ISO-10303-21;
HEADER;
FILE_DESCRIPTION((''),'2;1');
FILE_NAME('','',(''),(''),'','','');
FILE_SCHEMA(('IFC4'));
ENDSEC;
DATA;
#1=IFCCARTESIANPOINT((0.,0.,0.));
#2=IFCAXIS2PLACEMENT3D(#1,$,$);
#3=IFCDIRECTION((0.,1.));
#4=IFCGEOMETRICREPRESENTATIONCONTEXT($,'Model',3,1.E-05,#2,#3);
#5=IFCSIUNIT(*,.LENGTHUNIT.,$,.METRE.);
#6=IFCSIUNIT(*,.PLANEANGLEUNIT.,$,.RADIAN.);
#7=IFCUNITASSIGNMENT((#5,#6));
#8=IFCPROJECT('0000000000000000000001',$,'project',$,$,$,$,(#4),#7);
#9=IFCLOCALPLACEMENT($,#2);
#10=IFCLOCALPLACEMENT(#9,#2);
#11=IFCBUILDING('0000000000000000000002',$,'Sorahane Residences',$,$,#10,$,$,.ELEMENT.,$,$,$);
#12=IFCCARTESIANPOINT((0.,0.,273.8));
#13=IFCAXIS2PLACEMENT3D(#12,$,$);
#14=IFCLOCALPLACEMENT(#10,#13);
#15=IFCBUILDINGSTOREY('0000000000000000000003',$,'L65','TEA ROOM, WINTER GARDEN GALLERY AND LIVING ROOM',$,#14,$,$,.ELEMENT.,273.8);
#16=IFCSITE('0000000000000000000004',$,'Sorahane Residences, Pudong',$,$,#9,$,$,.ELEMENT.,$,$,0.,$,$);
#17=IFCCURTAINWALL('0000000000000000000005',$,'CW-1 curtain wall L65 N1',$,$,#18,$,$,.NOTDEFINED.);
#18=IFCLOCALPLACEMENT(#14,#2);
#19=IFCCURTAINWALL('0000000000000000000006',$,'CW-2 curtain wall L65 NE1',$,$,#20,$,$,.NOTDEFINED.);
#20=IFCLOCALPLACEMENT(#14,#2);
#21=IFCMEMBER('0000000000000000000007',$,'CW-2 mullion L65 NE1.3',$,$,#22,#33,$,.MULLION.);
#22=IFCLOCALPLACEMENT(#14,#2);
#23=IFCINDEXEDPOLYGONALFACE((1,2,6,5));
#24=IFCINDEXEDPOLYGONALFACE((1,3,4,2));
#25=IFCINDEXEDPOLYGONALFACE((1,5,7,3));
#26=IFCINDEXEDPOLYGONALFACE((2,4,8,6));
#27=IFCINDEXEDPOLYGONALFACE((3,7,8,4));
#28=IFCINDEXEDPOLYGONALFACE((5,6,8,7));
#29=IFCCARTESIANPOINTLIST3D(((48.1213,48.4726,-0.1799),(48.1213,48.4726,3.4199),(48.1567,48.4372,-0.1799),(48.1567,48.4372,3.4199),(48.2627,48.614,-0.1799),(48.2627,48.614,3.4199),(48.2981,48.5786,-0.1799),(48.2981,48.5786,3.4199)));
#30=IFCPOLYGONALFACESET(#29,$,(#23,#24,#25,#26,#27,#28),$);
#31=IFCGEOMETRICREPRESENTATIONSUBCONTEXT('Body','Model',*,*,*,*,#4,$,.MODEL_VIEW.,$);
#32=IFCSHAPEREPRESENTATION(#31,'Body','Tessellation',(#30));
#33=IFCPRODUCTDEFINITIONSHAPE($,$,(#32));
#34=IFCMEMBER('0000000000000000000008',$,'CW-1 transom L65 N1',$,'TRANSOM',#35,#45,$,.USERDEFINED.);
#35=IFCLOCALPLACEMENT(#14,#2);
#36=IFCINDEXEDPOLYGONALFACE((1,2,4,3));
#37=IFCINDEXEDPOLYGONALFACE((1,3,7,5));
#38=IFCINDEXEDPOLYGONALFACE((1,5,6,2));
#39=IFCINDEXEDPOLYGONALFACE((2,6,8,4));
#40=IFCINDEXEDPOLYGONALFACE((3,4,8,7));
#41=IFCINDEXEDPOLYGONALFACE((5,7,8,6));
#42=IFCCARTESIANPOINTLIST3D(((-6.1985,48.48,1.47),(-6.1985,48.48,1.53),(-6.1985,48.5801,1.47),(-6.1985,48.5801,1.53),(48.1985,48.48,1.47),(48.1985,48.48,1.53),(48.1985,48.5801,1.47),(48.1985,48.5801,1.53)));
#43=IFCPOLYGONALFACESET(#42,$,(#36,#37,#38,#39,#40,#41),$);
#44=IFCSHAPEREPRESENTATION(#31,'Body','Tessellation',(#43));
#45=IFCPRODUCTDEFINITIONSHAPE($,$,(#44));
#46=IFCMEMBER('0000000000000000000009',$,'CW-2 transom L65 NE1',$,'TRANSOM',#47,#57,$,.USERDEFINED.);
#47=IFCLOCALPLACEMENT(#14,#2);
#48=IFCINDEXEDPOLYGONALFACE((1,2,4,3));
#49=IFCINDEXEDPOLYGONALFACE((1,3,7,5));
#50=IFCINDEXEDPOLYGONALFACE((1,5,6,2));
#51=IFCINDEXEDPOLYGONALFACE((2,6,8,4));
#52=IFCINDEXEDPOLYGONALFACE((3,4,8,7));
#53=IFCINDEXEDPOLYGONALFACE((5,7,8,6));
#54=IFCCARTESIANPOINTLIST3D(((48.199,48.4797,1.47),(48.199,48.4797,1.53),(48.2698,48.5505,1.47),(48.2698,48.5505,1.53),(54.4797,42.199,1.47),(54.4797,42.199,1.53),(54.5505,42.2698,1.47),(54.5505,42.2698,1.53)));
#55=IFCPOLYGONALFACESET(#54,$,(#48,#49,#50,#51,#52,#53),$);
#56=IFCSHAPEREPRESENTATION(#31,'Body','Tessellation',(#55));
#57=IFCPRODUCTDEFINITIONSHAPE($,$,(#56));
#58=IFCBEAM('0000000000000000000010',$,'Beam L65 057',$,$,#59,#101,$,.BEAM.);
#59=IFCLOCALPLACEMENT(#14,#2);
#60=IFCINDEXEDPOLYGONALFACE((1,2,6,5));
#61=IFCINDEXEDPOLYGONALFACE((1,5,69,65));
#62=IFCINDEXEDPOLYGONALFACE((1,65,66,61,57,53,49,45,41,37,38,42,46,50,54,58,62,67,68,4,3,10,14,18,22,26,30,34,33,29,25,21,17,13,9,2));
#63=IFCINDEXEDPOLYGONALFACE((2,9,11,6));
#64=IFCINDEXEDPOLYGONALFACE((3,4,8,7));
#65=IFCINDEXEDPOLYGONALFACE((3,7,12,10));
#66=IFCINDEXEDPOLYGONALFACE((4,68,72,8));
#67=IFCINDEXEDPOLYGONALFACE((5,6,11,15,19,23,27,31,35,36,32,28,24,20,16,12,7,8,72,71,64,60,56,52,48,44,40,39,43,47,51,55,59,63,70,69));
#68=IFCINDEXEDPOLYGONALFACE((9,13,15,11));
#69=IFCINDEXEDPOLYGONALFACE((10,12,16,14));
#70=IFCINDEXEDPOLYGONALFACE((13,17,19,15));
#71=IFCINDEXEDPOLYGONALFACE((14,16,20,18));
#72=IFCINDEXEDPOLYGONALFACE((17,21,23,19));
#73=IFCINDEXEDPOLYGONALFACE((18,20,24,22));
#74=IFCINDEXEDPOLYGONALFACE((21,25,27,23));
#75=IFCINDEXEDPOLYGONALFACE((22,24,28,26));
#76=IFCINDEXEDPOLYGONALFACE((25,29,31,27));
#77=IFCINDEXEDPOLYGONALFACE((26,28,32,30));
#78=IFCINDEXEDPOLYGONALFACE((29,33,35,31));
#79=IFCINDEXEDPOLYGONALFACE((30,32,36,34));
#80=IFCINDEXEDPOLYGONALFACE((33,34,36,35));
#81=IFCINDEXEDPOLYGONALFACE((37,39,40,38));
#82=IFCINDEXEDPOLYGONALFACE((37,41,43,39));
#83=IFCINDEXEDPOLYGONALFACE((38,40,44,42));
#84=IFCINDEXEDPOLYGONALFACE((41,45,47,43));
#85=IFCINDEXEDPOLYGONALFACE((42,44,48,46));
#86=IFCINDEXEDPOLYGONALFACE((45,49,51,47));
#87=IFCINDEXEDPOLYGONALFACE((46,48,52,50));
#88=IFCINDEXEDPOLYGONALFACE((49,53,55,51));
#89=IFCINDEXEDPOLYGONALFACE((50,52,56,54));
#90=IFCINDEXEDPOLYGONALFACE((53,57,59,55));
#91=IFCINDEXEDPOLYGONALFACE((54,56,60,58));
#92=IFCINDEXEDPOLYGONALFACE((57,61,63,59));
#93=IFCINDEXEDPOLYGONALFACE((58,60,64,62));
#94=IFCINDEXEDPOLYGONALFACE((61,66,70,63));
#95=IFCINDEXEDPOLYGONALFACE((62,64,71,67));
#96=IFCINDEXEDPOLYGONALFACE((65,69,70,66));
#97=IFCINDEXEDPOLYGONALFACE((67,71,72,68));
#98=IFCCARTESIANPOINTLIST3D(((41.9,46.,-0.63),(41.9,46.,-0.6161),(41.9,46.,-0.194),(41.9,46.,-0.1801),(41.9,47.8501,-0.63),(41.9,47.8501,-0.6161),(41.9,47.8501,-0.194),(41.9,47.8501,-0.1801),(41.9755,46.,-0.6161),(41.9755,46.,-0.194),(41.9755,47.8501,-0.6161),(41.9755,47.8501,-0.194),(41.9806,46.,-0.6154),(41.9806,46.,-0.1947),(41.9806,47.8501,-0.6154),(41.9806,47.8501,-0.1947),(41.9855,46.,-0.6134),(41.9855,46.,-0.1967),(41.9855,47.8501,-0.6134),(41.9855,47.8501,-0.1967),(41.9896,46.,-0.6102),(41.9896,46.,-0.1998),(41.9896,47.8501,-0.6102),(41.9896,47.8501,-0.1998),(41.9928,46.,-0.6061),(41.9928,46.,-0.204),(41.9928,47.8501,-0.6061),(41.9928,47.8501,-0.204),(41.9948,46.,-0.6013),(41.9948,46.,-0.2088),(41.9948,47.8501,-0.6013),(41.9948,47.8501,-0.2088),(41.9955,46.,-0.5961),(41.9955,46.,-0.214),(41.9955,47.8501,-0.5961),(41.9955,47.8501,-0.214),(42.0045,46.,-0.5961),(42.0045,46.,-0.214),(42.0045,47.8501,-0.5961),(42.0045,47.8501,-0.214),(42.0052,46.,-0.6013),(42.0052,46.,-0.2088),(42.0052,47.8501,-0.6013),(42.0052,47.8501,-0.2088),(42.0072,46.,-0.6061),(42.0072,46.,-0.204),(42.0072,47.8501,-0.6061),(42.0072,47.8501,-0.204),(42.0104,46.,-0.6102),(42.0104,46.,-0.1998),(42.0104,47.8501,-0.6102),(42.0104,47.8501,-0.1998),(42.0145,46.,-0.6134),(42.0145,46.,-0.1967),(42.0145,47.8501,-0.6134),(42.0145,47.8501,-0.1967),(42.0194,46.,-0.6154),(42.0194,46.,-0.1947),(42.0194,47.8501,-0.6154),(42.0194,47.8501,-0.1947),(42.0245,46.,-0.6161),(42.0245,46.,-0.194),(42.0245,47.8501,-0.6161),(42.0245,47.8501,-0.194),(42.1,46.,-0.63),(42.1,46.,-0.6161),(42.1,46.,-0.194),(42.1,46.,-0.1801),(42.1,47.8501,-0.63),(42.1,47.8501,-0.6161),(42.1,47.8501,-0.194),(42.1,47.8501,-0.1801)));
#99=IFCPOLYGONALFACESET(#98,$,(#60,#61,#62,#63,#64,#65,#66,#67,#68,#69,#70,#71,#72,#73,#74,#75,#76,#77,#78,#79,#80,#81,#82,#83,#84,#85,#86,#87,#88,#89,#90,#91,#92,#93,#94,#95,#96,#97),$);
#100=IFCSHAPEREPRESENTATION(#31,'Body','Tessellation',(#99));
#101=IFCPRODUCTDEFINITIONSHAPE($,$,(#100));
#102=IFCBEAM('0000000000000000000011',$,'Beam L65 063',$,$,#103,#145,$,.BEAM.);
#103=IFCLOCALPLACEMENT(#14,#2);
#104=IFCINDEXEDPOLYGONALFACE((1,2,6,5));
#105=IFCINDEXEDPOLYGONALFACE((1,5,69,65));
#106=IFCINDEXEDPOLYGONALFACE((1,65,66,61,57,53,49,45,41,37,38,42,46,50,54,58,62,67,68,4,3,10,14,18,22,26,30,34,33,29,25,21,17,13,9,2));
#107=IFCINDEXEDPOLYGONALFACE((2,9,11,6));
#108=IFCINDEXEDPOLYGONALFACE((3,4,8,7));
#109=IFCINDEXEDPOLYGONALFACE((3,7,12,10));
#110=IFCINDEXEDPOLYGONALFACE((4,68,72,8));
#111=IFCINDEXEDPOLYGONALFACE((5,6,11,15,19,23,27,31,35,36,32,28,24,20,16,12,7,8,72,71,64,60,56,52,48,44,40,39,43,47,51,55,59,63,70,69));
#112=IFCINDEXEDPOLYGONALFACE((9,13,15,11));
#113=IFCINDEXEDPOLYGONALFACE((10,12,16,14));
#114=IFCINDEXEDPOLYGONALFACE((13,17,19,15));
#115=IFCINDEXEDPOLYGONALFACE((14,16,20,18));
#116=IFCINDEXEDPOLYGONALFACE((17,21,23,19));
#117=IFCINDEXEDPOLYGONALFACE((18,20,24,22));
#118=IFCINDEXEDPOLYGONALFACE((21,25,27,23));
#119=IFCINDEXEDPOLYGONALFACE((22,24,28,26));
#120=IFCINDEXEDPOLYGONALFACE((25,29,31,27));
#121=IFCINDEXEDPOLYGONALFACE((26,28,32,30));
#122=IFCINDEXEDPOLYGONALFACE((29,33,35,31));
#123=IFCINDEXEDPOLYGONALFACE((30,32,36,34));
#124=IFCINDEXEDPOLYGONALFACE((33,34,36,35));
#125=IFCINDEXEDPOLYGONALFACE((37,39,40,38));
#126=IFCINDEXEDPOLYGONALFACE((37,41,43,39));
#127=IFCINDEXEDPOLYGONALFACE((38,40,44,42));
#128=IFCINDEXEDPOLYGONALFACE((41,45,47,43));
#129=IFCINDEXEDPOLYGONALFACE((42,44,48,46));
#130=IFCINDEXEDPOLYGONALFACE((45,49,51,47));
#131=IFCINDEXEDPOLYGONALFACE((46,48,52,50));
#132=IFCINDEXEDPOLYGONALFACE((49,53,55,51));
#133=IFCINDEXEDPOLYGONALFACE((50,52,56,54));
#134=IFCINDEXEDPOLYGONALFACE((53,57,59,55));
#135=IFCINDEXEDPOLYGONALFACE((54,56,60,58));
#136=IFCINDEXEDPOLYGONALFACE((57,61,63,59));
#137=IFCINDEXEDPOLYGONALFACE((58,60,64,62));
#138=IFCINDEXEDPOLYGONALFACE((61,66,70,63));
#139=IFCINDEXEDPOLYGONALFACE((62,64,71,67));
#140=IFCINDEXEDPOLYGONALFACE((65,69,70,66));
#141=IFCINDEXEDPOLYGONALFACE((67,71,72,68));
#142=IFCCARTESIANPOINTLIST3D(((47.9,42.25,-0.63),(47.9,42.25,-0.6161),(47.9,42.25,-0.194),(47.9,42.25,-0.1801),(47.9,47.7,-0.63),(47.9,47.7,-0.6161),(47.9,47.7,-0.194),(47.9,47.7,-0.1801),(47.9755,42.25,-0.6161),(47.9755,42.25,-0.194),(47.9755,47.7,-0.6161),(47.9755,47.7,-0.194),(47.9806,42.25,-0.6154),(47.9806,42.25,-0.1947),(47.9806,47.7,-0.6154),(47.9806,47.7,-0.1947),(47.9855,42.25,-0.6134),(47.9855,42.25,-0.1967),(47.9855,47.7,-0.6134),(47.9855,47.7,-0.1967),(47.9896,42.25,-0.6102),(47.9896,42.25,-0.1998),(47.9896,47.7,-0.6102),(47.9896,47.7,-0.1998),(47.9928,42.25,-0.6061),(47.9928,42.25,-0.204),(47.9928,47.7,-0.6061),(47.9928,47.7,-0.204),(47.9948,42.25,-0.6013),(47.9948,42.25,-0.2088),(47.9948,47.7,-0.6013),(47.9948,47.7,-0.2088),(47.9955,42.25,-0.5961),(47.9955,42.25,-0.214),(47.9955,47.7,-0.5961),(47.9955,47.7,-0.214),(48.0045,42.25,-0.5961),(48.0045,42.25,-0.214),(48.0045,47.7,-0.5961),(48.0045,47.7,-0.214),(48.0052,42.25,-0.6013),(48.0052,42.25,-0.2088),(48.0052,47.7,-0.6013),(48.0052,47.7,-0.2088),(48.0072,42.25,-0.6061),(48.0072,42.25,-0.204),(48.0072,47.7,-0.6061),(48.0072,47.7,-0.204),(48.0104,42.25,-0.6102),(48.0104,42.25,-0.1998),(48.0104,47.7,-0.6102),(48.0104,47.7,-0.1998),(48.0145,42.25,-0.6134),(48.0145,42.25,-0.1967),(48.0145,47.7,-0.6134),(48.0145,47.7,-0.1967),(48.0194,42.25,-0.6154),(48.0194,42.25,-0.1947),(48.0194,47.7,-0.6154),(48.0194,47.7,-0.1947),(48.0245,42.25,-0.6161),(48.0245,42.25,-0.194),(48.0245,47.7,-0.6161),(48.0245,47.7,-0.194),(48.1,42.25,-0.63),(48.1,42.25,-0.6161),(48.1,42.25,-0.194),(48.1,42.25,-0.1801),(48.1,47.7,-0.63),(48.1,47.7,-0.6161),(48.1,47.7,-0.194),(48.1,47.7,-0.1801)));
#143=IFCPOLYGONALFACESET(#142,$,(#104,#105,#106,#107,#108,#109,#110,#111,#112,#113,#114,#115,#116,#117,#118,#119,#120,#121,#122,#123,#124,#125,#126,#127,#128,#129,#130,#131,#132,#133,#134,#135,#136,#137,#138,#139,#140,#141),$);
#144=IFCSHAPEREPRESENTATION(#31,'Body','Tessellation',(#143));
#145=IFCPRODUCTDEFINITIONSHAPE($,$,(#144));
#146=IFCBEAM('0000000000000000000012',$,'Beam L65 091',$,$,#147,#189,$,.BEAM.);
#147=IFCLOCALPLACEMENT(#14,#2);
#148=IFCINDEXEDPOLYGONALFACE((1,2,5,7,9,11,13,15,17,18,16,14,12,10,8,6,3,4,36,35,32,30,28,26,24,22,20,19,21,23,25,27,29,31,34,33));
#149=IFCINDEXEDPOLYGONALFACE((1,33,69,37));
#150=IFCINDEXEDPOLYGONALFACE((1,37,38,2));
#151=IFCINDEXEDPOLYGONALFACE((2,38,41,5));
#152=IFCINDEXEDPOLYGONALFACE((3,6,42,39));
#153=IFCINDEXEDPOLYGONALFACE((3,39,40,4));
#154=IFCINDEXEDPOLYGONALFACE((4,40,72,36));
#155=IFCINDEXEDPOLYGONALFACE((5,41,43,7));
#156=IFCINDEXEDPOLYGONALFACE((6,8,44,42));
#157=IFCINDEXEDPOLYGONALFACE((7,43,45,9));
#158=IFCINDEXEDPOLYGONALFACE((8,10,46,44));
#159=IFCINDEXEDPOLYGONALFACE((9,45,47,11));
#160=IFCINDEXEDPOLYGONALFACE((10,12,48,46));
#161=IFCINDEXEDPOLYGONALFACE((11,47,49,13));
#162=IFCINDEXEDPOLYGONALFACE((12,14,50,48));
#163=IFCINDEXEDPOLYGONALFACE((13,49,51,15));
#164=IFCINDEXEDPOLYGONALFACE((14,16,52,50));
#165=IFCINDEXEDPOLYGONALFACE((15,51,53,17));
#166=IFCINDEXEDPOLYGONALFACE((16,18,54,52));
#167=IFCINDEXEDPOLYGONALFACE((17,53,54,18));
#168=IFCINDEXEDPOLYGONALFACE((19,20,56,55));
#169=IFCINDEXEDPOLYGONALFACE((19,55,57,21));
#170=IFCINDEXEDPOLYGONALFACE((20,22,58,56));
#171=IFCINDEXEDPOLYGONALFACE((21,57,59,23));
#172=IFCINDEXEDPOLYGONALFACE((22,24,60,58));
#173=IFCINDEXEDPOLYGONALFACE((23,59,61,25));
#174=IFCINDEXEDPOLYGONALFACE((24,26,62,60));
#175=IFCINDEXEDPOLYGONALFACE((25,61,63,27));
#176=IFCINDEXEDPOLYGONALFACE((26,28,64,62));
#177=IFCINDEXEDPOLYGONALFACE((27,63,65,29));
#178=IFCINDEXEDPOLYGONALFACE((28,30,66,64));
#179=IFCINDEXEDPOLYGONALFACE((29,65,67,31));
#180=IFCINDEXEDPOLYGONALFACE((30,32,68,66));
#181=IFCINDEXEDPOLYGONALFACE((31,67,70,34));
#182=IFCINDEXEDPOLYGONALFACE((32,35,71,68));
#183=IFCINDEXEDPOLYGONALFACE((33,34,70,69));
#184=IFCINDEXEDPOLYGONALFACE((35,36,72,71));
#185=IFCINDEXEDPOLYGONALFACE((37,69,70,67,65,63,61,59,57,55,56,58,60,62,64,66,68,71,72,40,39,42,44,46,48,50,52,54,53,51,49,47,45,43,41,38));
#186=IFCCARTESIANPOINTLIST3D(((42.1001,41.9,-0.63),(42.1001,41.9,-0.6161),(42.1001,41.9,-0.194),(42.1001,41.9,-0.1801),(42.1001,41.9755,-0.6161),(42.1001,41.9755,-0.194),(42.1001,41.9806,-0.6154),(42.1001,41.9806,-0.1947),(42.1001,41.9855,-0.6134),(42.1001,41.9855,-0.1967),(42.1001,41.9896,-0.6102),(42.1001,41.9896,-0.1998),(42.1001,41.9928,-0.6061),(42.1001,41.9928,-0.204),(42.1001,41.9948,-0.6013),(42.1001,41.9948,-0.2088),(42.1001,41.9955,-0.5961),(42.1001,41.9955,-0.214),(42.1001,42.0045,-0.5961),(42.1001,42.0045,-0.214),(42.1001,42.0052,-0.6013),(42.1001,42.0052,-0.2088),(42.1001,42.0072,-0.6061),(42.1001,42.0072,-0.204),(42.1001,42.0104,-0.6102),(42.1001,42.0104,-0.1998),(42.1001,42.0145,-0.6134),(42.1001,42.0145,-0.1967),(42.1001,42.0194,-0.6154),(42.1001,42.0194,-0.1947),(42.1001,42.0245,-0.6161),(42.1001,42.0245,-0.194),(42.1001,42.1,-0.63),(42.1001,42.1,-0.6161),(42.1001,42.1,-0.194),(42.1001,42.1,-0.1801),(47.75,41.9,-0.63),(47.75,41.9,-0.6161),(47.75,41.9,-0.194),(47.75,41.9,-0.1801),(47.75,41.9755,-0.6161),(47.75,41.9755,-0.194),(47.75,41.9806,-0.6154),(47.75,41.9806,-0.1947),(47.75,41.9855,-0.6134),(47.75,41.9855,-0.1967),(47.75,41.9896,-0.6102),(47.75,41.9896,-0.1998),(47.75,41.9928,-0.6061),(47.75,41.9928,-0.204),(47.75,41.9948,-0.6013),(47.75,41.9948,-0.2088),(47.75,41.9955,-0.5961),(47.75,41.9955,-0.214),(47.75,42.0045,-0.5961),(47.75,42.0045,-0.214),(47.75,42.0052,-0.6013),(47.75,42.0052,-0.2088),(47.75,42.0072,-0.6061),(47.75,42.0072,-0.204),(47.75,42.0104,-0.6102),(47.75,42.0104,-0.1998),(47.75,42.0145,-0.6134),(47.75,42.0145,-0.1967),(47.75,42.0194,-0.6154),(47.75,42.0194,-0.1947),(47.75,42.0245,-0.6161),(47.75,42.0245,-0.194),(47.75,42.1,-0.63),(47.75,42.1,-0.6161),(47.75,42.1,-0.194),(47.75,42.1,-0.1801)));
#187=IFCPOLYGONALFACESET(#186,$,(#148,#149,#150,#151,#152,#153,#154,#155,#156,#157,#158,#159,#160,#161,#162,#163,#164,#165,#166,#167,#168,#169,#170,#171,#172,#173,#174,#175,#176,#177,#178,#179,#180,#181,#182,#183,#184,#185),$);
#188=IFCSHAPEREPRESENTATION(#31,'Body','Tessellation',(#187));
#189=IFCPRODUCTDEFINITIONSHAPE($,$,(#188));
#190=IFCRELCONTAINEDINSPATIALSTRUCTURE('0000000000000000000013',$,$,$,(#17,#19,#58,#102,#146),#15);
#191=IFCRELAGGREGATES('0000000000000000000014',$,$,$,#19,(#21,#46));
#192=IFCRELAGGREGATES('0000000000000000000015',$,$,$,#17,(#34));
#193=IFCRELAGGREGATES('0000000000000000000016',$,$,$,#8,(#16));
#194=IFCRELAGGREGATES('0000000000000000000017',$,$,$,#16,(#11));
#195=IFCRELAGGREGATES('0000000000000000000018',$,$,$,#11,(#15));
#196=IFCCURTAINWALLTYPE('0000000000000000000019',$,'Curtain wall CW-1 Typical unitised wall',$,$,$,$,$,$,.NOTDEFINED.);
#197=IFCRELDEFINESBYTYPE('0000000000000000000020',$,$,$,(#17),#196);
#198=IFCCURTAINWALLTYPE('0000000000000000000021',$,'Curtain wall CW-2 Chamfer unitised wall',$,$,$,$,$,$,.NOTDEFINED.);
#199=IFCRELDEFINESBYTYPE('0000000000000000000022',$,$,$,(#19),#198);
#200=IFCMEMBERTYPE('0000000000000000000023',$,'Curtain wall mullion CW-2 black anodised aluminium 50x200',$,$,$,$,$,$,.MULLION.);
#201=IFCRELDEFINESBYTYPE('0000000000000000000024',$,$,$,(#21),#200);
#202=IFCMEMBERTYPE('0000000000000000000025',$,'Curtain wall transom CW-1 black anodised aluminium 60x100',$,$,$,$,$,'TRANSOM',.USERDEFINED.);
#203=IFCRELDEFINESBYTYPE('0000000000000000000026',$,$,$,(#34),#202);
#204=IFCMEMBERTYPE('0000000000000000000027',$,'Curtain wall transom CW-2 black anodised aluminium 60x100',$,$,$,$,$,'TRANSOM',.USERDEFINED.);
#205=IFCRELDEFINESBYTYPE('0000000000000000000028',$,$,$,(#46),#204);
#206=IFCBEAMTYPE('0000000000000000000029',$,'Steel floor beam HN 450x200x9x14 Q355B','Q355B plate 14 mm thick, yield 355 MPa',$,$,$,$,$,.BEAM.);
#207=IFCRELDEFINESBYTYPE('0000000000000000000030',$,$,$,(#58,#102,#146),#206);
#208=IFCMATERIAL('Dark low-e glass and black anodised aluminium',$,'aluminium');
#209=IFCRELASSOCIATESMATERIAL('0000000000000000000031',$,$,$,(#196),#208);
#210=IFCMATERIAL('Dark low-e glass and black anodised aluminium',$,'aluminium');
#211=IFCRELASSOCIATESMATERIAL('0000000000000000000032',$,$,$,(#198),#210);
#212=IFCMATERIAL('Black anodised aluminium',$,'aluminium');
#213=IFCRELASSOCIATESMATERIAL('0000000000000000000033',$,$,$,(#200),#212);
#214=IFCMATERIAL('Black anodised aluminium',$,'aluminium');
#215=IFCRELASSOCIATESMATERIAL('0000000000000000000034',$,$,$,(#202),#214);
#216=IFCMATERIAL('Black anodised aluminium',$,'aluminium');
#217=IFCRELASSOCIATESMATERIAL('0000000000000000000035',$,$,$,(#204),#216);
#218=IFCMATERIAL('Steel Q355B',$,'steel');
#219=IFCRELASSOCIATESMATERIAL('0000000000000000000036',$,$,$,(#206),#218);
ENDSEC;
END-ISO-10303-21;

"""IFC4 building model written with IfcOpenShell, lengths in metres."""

from ifc_helpers import new_model, si_unit, direction, frame, origin, origin_2d, place, context, subcontext, project, spatial, rectangle, i_section, extrude, material, material_profile, profile_set, type_object, element, aggregate, save


model = new_model("IFC4")

# Units and contexts
model_context = context("Model", 3, precision=1e-05, world=origin(), true_north=direction((0.0, 1.0)))
body_context = subcontext(model_context, "Body", "Model", "MODEL_VIEW")
ifc_project = project(units=[si_unit("LENGTHUNIT", "METRE"), si_unit("PLANEANGLEUNIT", "RADIAN")], contexts=[model_context])

# Site, building, storey
site_placement = place(None, origin())
site = spatial("IfcSite", under=ifc_project, at=site_placement, Name="Sorahane Residences, Pudong", CompositionType="ELEMENT", RefElevation=0.0)
building_placement = place(site_placement, origin())
building = spatial("IfcBuilding", under=site, at=building_placement, Name="Sorahane Residences", CompositionType="ELEMENT")
storey_placement = place(building_placement, frame((0.0, 0.0, 273.8)))
storey = spatial("IfcBuildingStorey", under=building, at=storey_placement, Name="L65", Description="TEA ROOM, WINTER GARDEN GALLERY AND LIVING ROOM", CompositionType="ELEMENT", Elevation=273.8)

# Curtain wall
ifc_material_1 = material(Name="Dark low-e glass and black anodised aluminium", Category="aluminium")
curtain_wall_type_1 = type_object("IfcCurtainWallType", Name="Curtain wall CW-1 Typical unitised wall", PredefinedType="NOTDEFINED", material=ifc_material_1)
curtain_wall_1_placement = place(storey_placement, origin())
curtain_wall_1 = element("IfcCurtainWall", 1, at=curtain_wall_1_placement, inside=storey, type_object=curtain_wall_type_1, Name="CW-1 curtain wall L65 N1", PredefinedType="NOTDEFINED")

# Curtain wall, member
ifc_material_2 = material(Name="Dark low-e glass and black anodised aluminium", Category="aluminium")
curtain_wall_type_2 = type_object("IfcCurtainWallType", Name="Curtain wall CW-2 Chamfer unitised wall", PredefinedType="NOTDEFINED", material=ifc_material_2)
curtain_wall_2_placement = place(storey_placement, origin())
curtain_wall_2 = element("IfcCurtainWall", 2, at=curtain_wall_2_placement, inside=storey, type_object=curtain_wall_type_2, Name="CW-2 curtain wall L65 NE1", PredefinedType="NOTDEFINED")
ifc_material_3 = material(Name="Black anodised aluminium", Category="aluminium")
ifc_material_profile_1 = material_profile(ifc_material_3, rectangle(XDim=0.2, YDim=0.05, at=origin_2d()), Name="Curtain wall mullion CW-2 black anodised aluminium 50x200")
ifc_profile_set_1 = profile_set([ifc_material_profile_1], Name="Black anodised aluminium")
member_type_1 = type_object("IfcMemberType", Name="Curtain wall mullion CW-2 black anodised aluminium 50x200", PredefinedType="MULLION", material=ifc_profile_set_1)
member_1_placement = place(storey_placement, frame((48.2097, 48.5256, -0.1799), z_axis=(0.0, 0.0, 1.0), x_axis=(0.707107, 0.707107, 0.0)))
member_1 = element("IfcMember", 3, at=member_1_placement, type_object=member_type_1, Name="CW-2 mullion L65 NE1.3", PredefinedType="MULLION", context=body_context, shape_type="SweptSolid", body=[
    extrude(rectangle(XDim=0.2, YDim=0.05, at=origin_2d()), origin(), (0.0, 0.0, 1.0), 3.5999),
])

# Members
ifc_material_4 = material(Name="Black anodised aluminium", Category="aluminium")
ifc_material_profile_2 = material_profile(ifc_material_4, rectangle(XDim=0.1001, YDim=0.0601, at=origin_2d()), Name="Curtain wall transom CW-1 black anodised aluminium 60x100")
ifc_profile_set_2 = profile_set([ifc_material_profile_2], Name="Black anodised aluminium")
member_type_2 = type_object("IfcMemberType", Name="Curtain wall transom CW-1 black anodised aluminium 60x100", ElementType="TRANSOM", PredefinedType="USERDEFINED", material=ifc_profile_set_2)
member_2_placement = place(storey_placement, frame((48.1985, 48.53, 1.5), z_axis=(-1.0, 0.0, 0.0), x_axis=(0.0, -1.0, 0.0)))
member_2 = element("IfcMember", 4, at=member_2_placement, type_object=member_type_2, Name="CW-1 transom L65 N1", ObjectType="TRANSOM", PredefinedType="USERDEFINED", context=body_context, shape_type="SweptSolid", body=[
    extrude(rectangle(XDim=0.1001, YDim=0.0601, at=origin_2d()), origin(), (0.0, 0.0, 1.0), 54.397),
])
ifc_material_5 = material(Name="Black anodised aluminium", Category="aluminium")
ifc_material_profile_3 = material_profile(ifc_material_5, rectangle(XDim=0.1001, YDim=0.0601, at=origin_2d()), Name="Curtain wall transom CW-2 black anodised aluminium 60x100")
ifc_profile_set_3 = profile_set([ifc_material_profile_3], Name="Black anodised aluminium")
member_type_3 = type_object("IfcMemberType", Name="Curtain wall transom CW-2 black anodised aluminium 60x100", ElementType="TRANSOM", PredefinedType="USERDEFINED", material=ifc_profile_set_3)
member_3_placement = place(storey_placement, frame((54.5151, 42.2344, 1.5), z_axis=(-0.707107, 0.707107, 0.0), x_axis=(-0.707107, -0.707107, 0.0)))
member_3 = element("IfcMember", 5, at=member_3_placement, type_object=member_type_3, Name="CW-2 transom L65 NE1", ObjectType="TRANSOM", PredefinedType="USERDEFINED", context=body_context, shape_type="SweptSolid", body=[
    extrude(rectangle(XDim=0.1001, YDim=0.0601, at=origin_2d()), origin(), (0.0, 0.0, 1.0), 8.8823),
])

# Beams
ifc_material_6 = material(Name="Steel Q355B", Category="steel")
ifc_material_profile_4 = material_profile(ifc_material_6, i_section(OverallWidth=0.2, OverallDepth=0.45, WebThickness=0.009, FlangeThickness=0.0139, FilletRadius=0.02, at=origin_2d()), Name="HN 450x200x9x14")
ifc_profile_set_4 = profile_set([ifc_material_profile_4], Name="Steel Q355B")
beam_type_1 = type_object("IfcBeamType", Name="Steel floor beam HN 450x200x9x14 Q355B", Description="Q355B plate 14 mm thick, yield 355 MPa", PredefinedType="BEAM", material=ifc_profile_set_4)
beam_1_placement = place(storey_placement, frame((42.0, 46.0, -0.405), z_axis=(0.0, 1.0, 0.0), x_axis=(-1.0, 0.0, 0.0)))
element("IfcBeam", 6, at=beam_1_placement, inside=storey, type_object=beam_type_1, Name="Beam L65 057", PredefinedType="BEAM", context=body_context, shape_type="SweptSolid", body=[
    extrude(i_section(OverallWidth=0.2, OverallDepth=0.45, WebThickness=0.009, FlangeThickness=0.0139, FilletRadius=0.02, at=origin_2d()), origin(), (0.0, 0.0, 1.0), 1.8501),
])
beam_2_placement = place(storey_placement, frame((48.0, 42.25, -0.405), z_axis=(0.0, 1.0, 0.0), x_axis=(-1.0, 0.0, 0.0)))
element("IfcBeam", 7, at=beam_2_placement, inside=storey, type_object=beam_type_1, Name="Beam L65 063", PredefinedType="BEAM", context=body_context, shape_type="SweptSolid", body=[
    extrude(i_section(OverallWidth=0.2, OverallDepth=0.45, WebThickness=0.009, FlangeThickness=0.0139, FilletRadius=0.02, at=origin_2d()), origin(), (0.0, 0.0, 1.0), 5.45),
])
beam_3_placement = place(storey_placement, frame((42.1001, 42.0, -0.405), z_axis=(1.0, 0.0, 0.0), x_axis=(0.0, 1.0, 0.0)))
element("IfcBeam", 8, at=beam_3_placement, inside=storey, type_object=beam_type_1, Name="Beam L65 091", PredefinedType="BEAM", context=body_context, shape_type="SweptSolid", body=[
    extrude(i_section(OverallWidth=0.2, OverallDepth=0.45, WebThickness=0.009, FlangeThickness=0.0139, FilletRadius=0.02, at=origin_2d()), origin(), (0.0, 0.0, 1.0), 5.6499),
])

aggregate(curtain_wall_2, [member_1, member_3])
aggregate(curtain_wall_1, [member_2])

save(model, "model.ifc")
